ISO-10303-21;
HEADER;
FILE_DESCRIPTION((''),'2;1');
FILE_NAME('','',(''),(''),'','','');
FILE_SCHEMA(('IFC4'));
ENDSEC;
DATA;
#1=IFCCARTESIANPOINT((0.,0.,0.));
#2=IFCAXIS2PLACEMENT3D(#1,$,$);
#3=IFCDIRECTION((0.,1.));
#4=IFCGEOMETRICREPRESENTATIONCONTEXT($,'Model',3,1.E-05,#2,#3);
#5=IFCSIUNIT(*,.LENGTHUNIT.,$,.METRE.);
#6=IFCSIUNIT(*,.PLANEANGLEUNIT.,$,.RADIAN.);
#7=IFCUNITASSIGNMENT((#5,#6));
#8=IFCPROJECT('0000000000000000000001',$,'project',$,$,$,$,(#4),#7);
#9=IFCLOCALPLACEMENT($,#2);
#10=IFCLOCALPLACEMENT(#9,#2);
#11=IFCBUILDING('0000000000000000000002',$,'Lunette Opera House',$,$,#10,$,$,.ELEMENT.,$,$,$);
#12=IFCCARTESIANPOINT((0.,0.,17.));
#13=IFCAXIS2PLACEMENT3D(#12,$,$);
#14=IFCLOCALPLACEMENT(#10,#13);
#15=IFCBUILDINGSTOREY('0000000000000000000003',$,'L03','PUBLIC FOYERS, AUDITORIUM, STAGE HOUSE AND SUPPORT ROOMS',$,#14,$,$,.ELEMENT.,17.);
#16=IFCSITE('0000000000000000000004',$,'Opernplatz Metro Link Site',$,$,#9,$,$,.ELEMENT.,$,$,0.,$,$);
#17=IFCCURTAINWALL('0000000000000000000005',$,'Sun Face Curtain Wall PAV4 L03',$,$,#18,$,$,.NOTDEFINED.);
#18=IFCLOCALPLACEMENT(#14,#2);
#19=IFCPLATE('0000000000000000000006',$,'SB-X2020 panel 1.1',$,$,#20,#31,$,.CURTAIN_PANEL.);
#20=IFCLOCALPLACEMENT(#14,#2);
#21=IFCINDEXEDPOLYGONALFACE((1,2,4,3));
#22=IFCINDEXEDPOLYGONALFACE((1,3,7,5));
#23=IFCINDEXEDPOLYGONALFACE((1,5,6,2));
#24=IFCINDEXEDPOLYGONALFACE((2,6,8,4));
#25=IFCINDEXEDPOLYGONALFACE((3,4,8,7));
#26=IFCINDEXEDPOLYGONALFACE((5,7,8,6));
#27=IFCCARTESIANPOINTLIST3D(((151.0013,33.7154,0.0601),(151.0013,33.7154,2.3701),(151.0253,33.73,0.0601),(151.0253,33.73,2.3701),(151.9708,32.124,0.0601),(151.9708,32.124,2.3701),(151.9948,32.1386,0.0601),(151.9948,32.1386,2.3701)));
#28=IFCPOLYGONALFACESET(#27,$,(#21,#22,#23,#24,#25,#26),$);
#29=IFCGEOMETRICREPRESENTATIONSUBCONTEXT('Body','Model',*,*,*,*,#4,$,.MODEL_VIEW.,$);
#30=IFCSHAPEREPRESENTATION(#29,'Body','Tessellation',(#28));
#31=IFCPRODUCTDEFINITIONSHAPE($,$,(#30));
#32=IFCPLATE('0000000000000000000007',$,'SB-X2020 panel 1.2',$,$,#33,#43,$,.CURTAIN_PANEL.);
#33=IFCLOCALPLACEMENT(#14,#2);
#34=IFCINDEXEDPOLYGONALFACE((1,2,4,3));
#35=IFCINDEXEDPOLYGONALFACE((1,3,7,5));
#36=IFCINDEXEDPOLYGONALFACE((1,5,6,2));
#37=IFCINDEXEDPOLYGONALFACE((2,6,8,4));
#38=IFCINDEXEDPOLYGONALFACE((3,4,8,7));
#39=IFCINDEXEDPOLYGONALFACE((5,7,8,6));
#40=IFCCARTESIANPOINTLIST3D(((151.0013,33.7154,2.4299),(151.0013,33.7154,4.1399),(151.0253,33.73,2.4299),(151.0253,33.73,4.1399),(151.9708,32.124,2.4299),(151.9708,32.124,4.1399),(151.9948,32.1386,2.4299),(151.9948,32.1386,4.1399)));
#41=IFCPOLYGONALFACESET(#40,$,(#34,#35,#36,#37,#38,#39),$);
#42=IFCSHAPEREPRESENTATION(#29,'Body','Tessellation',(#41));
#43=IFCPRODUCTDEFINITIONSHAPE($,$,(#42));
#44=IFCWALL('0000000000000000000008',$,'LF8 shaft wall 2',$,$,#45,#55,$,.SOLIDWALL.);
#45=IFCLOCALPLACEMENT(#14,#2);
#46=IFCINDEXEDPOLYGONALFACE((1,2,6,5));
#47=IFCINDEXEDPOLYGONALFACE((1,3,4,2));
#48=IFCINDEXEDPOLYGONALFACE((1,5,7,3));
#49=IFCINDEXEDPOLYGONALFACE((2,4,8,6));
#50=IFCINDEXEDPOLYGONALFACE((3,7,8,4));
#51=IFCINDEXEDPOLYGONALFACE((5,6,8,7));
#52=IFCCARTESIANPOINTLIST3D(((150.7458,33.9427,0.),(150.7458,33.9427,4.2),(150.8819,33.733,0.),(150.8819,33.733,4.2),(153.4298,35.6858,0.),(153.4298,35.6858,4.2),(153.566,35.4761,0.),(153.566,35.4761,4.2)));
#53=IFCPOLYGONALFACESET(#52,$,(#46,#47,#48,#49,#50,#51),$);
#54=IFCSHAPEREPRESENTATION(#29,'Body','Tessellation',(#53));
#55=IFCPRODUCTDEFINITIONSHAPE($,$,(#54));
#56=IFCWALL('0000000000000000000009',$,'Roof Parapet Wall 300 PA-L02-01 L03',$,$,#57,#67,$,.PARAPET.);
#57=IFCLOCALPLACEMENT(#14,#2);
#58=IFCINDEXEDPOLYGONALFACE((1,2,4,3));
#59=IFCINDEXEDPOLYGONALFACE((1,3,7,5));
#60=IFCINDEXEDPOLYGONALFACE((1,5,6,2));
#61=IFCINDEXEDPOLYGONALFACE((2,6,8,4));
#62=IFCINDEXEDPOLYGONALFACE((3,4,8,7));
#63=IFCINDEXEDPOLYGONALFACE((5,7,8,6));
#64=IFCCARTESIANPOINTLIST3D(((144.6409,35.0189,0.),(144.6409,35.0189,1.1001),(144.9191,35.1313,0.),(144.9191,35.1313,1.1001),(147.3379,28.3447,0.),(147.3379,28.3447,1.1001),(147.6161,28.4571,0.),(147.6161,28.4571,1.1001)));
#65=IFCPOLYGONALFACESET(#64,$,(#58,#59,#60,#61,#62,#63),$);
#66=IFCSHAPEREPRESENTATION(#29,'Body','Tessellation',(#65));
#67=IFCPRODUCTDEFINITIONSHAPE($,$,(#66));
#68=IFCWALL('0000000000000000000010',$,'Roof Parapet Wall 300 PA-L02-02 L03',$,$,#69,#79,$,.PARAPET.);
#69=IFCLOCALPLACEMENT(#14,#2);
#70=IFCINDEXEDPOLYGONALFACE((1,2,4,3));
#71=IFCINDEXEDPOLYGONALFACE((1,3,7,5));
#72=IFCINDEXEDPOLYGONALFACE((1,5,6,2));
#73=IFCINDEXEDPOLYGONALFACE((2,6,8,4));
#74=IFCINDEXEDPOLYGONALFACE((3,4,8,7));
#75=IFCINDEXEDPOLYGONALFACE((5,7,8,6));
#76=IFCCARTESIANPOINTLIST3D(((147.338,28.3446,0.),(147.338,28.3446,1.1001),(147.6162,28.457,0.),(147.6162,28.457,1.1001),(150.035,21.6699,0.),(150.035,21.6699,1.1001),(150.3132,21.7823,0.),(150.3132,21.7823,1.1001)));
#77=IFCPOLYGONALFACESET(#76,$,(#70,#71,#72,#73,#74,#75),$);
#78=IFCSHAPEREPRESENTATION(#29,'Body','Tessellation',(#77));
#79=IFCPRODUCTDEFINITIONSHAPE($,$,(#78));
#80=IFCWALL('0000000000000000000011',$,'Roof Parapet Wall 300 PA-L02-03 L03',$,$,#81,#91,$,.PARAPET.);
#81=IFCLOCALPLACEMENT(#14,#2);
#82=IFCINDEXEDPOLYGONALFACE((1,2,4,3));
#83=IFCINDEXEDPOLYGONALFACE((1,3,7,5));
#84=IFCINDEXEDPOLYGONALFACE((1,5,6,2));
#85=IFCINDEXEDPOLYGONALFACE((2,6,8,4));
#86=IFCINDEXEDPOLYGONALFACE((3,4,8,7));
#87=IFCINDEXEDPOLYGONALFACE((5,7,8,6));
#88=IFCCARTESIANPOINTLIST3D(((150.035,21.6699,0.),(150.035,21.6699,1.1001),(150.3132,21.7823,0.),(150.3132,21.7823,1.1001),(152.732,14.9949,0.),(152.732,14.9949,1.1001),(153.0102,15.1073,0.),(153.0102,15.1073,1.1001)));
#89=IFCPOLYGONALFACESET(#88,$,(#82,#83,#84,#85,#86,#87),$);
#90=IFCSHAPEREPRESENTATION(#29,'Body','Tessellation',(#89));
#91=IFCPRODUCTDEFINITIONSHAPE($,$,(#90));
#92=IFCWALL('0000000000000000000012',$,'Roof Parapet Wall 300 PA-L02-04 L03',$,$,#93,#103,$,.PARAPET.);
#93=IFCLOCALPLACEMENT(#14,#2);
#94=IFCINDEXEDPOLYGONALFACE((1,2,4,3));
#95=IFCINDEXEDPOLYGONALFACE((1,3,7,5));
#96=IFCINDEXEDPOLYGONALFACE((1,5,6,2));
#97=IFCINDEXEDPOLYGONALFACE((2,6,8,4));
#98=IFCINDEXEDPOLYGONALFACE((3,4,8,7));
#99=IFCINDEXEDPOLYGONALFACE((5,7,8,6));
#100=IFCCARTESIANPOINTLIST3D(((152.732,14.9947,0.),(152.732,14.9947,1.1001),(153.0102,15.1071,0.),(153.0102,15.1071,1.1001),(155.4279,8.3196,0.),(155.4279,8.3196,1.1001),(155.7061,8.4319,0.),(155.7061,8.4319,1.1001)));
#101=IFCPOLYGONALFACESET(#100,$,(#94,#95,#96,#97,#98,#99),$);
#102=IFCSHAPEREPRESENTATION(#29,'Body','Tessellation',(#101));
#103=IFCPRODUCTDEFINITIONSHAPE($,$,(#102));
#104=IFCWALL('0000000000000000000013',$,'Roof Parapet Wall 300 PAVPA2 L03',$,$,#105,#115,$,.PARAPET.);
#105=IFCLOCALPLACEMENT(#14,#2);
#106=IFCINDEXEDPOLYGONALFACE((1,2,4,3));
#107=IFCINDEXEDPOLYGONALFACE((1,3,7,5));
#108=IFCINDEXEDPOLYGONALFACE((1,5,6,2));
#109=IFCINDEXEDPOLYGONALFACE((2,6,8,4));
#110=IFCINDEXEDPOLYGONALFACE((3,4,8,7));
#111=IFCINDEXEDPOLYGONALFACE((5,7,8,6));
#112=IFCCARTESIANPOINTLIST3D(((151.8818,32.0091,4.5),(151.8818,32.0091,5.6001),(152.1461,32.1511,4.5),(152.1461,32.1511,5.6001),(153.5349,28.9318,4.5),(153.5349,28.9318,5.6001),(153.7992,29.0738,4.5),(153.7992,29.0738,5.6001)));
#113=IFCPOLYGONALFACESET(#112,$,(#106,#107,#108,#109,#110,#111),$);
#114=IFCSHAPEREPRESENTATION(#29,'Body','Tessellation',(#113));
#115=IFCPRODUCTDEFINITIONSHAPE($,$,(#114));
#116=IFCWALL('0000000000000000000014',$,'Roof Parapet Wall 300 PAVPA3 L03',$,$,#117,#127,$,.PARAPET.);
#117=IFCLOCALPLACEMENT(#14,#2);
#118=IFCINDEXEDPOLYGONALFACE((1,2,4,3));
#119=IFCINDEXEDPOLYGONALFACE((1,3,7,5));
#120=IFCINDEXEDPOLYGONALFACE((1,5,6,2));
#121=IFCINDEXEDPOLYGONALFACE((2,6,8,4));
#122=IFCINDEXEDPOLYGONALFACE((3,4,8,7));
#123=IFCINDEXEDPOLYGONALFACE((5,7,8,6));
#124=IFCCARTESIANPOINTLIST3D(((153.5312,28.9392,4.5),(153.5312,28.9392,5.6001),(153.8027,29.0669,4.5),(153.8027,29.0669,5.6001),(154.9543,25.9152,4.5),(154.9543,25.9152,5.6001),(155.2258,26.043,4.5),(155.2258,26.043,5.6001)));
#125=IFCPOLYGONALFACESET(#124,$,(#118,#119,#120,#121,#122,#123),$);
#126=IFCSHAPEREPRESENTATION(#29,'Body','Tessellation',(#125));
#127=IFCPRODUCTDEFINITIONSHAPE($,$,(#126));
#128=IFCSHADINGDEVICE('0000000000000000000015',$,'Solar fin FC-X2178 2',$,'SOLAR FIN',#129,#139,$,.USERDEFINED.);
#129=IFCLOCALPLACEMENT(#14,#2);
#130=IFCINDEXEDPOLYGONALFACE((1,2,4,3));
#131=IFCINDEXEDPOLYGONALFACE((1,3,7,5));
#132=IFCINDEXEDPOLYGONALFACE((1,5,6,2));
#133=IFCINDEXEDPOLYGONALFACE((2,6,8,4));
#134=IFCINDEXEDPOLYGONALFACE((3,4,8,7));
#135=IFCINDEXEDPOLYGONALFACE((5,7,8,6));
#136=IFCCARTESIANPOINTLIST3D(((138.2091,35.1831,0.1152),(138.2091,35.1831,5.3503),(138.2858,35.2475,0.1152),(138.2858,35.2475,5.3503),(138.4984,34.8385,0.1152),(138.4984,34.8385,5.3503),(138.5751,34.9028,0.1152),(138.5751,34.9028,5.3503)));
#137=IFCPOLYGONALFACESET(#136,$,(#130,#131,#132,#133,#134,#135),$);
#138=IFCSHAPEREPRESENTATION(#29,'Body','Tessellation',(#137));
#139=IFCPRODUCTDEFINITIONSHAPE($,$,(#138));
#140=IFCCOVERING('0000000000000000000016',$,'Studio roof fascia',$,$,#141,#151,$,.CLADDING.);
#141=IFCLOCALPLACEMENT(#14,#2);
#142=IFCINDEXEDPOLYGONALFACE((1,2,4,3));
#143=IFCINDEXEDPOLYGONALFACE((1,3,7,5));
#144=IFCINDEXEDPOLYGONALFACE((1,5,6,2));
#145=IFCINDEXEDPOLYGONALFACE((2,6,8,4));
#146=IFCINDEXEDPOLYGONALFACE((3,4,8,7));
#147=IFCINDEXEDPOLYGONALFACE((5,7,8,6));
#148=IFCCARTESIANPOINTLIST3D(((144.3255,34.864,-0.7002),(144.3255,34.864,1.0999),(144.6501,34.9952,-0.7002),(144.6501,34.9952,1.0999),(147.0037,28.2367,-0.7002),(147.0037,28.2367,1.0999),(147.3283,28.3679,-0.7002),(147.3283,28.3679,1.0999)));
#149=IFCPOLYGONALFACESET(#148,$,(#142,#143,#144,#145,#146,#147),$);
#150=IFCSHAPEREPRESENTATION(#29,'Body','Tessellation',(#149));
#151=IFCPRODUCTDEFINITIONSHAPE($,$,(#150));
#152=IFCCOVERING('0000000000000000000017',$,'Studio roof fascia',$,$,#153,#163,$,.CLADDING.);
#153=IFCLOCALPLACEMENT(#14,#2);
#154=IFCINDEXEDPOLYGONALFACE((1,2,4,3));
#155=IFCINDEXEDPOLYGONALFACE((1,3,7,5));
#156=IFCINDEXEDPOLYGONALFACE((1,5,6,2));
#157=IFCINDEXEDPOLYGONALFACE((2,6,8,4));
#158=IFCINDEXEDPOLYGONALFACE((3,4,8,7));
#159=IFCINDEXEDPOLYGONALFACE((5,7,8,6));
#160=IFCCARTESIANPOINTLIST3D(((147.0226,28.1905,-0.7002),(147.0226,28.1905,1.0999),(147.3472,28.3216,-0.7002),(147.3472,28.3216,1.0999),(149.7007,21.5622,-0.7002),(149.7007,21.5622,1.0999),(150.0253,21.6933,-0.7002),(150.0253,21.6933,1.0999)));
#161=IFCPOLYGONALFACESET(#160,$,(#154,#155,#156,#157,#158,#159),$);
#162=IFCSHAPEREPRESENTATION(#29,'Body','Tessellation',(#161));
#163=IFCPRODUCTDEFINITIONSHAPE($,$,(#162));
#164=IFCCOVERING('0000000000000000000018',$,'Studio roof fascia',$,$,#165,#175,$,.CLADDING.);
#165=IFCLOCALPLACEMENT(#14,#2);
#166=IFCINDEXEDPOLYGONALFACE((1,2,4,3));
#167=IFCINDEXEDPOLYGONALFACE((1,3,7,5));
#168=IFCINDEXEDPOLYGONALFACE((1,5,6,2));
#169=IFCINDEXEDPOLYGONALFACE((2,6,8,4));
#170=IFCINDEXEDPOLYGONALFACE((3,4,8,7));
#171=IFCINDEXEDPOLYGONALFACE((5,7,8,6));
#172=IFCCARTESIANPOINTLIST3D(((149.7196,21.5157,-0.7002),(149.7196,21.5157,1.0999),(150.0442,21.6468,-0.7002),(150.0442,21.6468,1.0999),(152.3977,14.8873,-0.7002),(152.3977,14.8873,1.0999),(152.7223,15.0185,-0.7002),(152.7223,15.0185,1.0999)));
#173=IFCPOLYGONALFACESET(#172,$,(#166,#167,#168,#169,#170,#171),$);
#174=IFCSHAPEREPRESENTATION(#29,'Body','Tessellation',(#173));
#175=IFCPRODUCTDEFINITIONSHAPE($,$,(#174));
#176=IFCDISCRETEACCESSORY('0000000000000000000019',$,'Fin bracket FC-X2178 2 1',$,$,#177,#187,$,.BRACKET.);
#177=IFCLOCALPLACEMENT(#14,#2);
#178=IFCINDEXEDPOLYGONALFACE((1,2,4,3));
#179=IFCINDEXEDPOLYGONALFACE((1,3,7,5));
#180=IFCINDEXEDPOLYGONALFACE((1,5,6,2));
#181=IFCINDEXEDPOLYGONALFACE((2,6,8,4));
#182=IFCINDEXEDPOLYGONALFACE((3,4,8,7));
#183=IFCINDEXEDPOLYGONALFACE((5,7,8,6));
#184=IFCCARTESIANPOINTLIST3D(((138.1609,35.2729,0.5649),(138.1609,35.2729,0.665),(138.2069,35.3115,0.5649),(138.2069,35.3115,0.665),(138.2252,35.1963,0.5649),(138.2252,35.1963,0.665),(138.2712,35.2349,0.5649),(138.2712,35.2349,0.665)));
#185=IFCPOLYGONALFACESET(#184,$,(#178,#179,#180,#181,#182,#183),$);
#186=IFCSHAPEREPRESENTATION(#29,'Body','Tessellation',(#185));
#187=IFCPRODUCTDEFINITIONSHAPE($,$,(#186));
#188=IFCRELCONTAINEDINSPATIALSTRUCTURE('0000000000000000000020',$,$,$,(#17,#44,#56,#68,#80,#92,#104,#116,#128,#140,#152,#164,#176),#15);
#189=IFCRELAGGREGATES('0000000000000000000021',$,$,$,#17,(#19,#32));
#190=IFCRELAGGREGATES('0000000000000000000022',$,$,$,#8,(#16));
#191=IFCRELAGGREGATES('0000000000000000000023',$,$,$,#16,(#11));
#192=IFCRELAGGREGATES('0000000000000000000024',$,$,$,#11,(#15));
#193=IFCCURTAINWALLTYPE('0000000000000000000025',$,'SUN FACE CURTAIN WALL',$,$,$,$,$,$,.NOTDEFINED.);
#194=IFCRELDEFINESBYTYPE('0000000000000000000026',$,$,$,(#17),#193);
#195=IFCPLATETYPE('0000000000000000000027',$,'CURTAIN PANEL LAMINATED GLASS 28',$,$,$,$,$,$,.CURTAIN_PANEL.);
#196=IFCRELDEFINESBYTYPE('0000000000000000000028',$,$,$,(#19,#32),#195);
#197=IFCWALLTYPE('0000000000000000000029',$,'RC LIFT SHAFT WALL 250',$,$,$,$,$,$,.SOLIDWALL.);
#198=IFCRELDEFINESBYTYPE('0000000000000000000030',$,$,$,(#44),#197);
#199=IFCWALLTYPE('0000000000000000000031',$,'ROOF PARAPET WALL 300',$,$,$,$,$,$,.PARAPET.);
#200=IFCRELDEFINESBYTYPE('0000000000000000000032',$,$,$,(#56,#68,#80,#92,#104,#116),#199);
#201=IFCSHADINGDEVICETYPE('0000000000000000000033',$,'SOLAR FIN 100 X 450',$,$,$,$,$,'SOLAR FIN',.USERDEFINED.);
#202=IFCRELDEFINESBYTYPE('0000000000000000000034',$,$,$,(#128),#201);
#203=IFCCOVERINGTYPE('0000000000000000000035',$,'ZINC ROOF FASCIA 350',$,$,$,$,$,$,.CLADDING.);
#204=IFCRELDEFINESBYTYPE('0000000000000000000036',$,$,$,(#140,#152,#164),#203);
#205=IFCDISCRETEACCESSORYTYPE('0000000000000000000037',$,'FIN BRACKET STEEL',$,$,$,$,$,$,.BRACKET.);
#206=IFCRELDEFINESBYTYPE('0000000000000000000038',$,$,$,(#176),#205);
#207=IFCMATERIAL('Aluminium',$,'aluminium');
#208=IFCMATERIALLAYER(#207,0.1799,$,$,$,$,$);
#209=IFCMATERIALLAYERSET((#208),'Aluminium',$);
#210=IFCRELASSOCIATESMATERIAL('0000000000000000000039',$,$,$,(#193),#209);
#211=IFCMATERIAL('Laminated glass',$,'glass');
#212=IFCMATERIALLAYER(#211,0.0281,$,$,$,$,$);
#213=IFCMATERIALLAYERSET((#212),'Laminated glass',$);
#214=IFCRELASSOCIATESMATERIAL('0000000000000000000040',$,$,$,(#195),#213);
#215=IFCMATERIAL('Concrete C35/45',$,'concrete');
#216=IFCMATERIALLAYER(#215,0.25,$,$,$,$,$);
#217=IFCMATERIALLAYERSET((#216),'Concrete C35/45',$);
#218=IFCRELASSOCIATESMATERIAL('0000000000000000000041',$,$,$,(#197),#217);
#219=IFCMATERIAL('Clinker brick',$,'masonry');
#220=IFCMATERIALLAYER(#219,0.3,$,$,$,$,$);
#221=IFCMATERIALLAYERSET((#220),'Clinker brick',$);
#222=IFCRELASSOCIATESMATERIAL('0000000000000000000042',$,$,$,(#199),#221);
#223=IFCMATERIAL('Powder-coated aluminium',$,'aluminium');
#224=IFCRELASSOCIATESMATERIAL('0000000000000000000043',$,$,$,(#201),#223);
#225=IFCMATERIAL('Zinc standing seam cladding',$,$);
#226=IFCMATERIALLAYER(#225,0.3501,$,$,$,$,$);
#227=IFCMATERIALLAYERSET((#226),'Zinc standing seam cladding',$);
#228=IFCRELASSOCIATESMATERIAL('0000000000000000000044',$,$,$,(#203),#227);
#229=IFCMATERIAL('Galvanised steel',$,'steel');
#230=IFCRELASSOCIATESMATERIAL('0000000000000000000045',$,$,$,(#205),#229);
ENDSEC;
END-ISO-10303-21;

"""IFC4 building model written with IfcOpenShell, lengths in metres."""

from ifc_helpers import new_model, si_unit, direction, frame, frame_2d, origin, origin_2d, place, context, subcontext, project, spatial, rectangle, extrude, material, layer, layer_set, type_object, element, aggregate, save


model = new_model("IFC4")

# Units and contexts
model_context = context("Model", 3, precision=1e-05, world=origin(), true_north=direction((0.0, 1.0)))
body_context = subcontext(model_context, "Body", "Model", "MODEL_VIEW")
ifc_project = project(units=[si_unit("LENGTHUNIT", "METRE"), si_unit("PLANEANGLEUNIT", "RADIAN")], contexts=[model_context])

# Site, building, storey
site_placement = place(None, origin())
site = spatial("IfcSite", under=ifc_project, at=site_placement, Name="Opernplatz Metro Link Site", CompositionType="ELEMENT", RefElevation=0.0)
building_placement = place(site_placement, origin())
building = spatial("IfcBuilding", under=site, at=building_placement, Name="Lunette Opera House", CompositionType="ELEMENT")
storey_placement = place(building_placement, frame((0.0, 0.0, 17.0)))
storey = spatial("IfcBuildingStorey", under=building, at=storey_placement, Name="L03", Description="PUBLIC FOYERS, AUDITORIUM, STAGE HOUSE AND SUPPORT ROOMS", CompositionType="ELEMENT", Elevation=17.0)

# Curtain wall
ifc_material_1 = material(Name="Aluminium", Category="aluminium")
ifc_layer_1 = layer(ifc_material_1, 0.1799)
ifc_layer_set_1 = layer_set([ifc_layer_1], Name="Aluminium")
curtain_wall_type_1 = type_object("IfcCurtainWallType", Name="SUN FACE CURTAIN WALL", PredefinedType="NOTDEFINED", material=ifc_layer_set_1)
curtain_wall_1_placement = place(storey_placement, origin())
curtain_wall_1 = element("IfcCurtainWall", 1, at=curtain_wall_1_placement, inside=storey, type_object=curtain_wall_type_1, Name="Sun Face Curtain Wall PAV4 L03", PredefinedType="NOTDEFINED")

# Shared definitions
ifc_material_2 = material(Name="Laminated glass", Category="glass")
ifc_layer_2 = layer(ifc_material_2, 0.0281)
ifc_layer_set_2 = layer_set([ifc_layer_2], Name="Laminated glass")
plate_type = type_object("IfcPlateType", Name="CURTAIN PANEL LAMINATED GLASS 28", PredefinedType="CURTAIN_PANEL", material=ifc_layer_set_2)

# Plates
plate_1_placement = place(storey_placement, frame((151.498, 32.927, 0.0601), z_axis=(0.0, 0.0, 1.0), x_axis=(0.520267, -0.854004, 0.0)))
plate_1 = element("IfcPlate", 2, at=plate_1_placement, type_object=plate_type, Name="SB-X2020 panel 1.1", PredefinedType="CURTAIN_PANEL", context=body_context, shape_type="SweptSolid", body=[
    extrude(rectangle(XDim=1.8635, YDim=0.0281, at=origin_2d()), origin(), (0.0, 0.0, 1.0), 2.3101),
])
plate_2_placement = place(storey_placement, frame((151.498, 32.927, 2.4299), z_axis=(0.0, 0.0, 1.0), x_axis=(0.520267, -0.854004, 0.0)))
plate_2 = element("IfcPlate", 3, at=plate_2_placement, type_object=plate_type, Name="SB-X2020 panel 1.2", PredefinedType="CURTAIN_PANEL", context=body_context, shape_type="SweptSolid", body=[
    extrude(rectangle(XDim=1.8635, YDim=0.0281, at=origin_2d()), origin(), (0.0, 0.0, 1.0), 1.71),
])
aggregate(curtain_wall_1, [plate_1, plate_2])

# Walls
ifc_material_3 = material(Name="Concrete C35/45", Category="concrete")
ifc_layer_3 = layer(ifc_material_3, 0.25)
ifc_layer_set_3 = layer_set([ifc_layer_3], Name="Concrete C35/45")
wall_type_1 = type_object("IfcWallType", Name="RC LIFT SHAFT WALL 250", PredefinedType="SOLIDWALL", material=ifc_layer_set_3)
wall_1_placement = place(storey_placement, frame((150.814, 33.8379, 0.0), z_axis=(0.0, 0.0, 1.0), x_axis=(0.838656, 0.544661, 0.0)))
element("IfcWall", 4, at=wall_1_placement, inside=storey, type_object=wall_type_1, Name="LF8 shaft wall 2", PredefinedType="SOLIDWALL", context=body_context, shape_type="SweptSolid", body=[
    extrude(rectangle(XDim=3.2004, YDim=0.25, at=frame_2d((1.6001, 0.0))), origin(), (0.0, 0.0, 1.0), 4.2),
])
ifc_material_4 = material(Name="Clinker brick", Category="masonry")
ifc_layer_4 = layer(ifc_material_4, 0.3)
ifc_layer_set_4 = layer_set([ifc_layer_4], Name="Clinker brick")
wall_type_2 = type_object("IfcWallType", Name="ROOF PARAPET WALL 300", PredefinedType="PARAPET", material=ifc_layer_set_4)
wall_2_placement = place(storey_placement, frame((144.78, 35.075, 0.0), z_axis=(0.0, 0.0, 1.0), x_axis=(0.374669, -0.927159, 0.0)))
element("IfcWall", 5, at=wall_2_placement, inside=storey, type_object=wall_type_2, Name="Roof Parapet Wall 300 PA-L02-01 L03", PredefinedType="PARAPET", context=body_context, shape_type="SweptSolid", body=[
    extrude(rectangle(XDim=7.1985, YDim=0.3, at=frame_2d((3.5991, 0.0))), origin(), (0.0, 0.0, 1.0), 1.1001),
])
wall_3_placement = place(storey_placement, frame((147.4771, 28.4009, 0.0), z_axis=(0.0, 0.0, 1.0), x_axis=(0.374634, -0.927173, 0.0)))
element("IfcWall", 6, at=wall_3_placement, inside=storey, type_object=wall_type_2, Name="Roof Parapet Wall 300 PA-L02-02 L03", PredefinedType="PARAPET", context=body_context, shape_type="SweptSolid", body=[
    extrude(rectangle(XDim=7.199, YDim=0.3, at=frame_2d((3.5996, 0.0))), origin(), (0.0, 0.0, 1.0), 1.1001),
])
wall_4_placement = place(storey_placement, frame((150.1741, 21.7261, 0.0), z_axis=(0.0, 0.0, 1.0), x_axis=(0.374622, -0.927178, 0.0)))
element("IfcWall", 7, at=wall_4_placement, inside=storey, type_object=wall_type_2, Name="Roof Parapet Wall 300 PA-L02-03 L03", PredefinedType="PARAPET", context=body_context, shape_type="SweptSolid", body=[
    extrude(rectangle(XDim=7.1992, YDim=0.3, at=frame_2d((3.5996, 0.0))), origin(), (0.0, 0.0, 1.0), 1.1001),
])
wall_5_placement = place(storey_placement, frame((152.8711, 15.051, 0.0), z_axis=(0.0, 0.0, 1.0), x_axis=(0.374476, -0.927237, 0.0)))
element("IfcWall", 8, at=wall_5_placement, inside=storey, type_object=wall_type_2, Name="Roof Parapet Wall 300 PA-L02-04 L03", PredefinedType="PARAPET", context=body_context, shape_type="SweptSolid", body=[
    extrude(rectangle(XDim=7.199, YDim=0.3, at=frame_2d((3.5996, 0.0))), origin(), (0.0, 0.0, 1.0), 1.1001),
])
wall_6_placement = place(storey_placement, frame((152.0139, 32.0801, 4.5), z_axis=(0.0, 0.0, 1.0), x_axis=(0.473245, -0.880931, 0.0)))
element("IfcWall", 9, at=wall_6_placement, inside=storey, type_object=wall_type_2, Name="Roof Parapet Wall 300 PAVPA2 L03", PredefinedType="PARAPET", context=body_context, shape_type="SweptSolid", body=[
    extrude(rectangle(XDim=3.4932, YDim=0.3, at=frame_2d((1.7466, 0.0))), origin(), (0.0, 0.0, 1.0), 1.1001),
])
wall_7_placement = place(storey_placement, frame((153.667, 29.0029, 4.5), z_axis=(0.0, 0.0, 1.0), x_axis=(0.425815, -0.90481, 0.0)))
element("IfcWall", 10, at=wall_7_placement, inside=storey, type_object=wall_type_2, Name="Roof Parapet Wall 300 PAVPA3 L03", PredefinedType="PARAPET", context=body_context, shape_type="SweptSolid", body=[
    extrude(rectangle(XDim=3.342, YDim=0.3, at=frame_2d((1.6709, 0.0))), origin(), (0.0, 0.0, 1.0), 1.1001),
])

# Shading device
ifc_material_5 = material(Name="Powder-coated aluminium", Category="aluminium")
shading_device_type = type_object("IfcShadingDeviceType", Name="SOLAR FIN 100 X 450", ElementType="SOLAR FIN", PredefinedType="USERDEFINED", material=ifc_material_5)
shading_device_placement = place(storey_placement, frame((138.3921, 35.043, 0.1152), z_axis=(0.0, 0.0, 1.0), x_axis=(0.64284, -0.766001, 0.0)))
element("IfcShadingDevice", 11, at=shading_device_placement, inside=storey, type_object=shading_device_type, Name="Solar fin FC-X2178 2", ObjectType="SOLAR FIN", PredefinedType="USERDEFINED", context=body_context, shape_type="SweptSolid", body=[
    extrude(rectangle(XDim=0.45, YDim=0.1001, at=origin_2d()), origin(), (0.0, 0.0, 1.0), 5.2351),
])

# Coverings
ifc_material_6 = material(Name="Zinc standing seam cladding")
ifc_layer_5 = layer(ifc_material_6, 0.3501)
ifc_layer_set_5 = layer_set([ifc_layer_5], Name="Zinc standing seam cladding")
covering_type = type_object("IfcCoveringType", Name="ZINC ROOF FASCIA 350", PredefinedType="CLADDING", material=ifc_layer_set_5)
covering_placement = place(storey_placement, frame((145.8269, 31.616, -0.7002), z_axis=(0.0, 0.0, 1.0), x_axis=(0.37467, -0.927158, 0.0)))
element("IfcCovering", 12, at=covering_placement, inside=storey, type_object=covering_type, Name="Studio roof fascia", PredefinedType="CLADDING", context=body_context, shape_type="SweptSolid", body=[
    extrude(rectangle(XDim=7.1479, YDim=0.3501, at=origin_2d()), origin(), (0.0, 0.0, 1.0), 1.8),
])
for number, where, z_axis, x_axis, name in (
    (13, (148.5239, 24.9419, -0.7002), (0.0, 0.0, 1.0), (0.374621, -0.927178, 0.0), "Studio roof fascia"),
    (14, (151.2209, 18.2671, -0.7002), (0.0, 0.0, 1.0), (0.374621, -0.927178, 0.0), "Studio roof fascia"),
):
    element("IfcCovering", number, at=place(storey_placement, frame(where, z_axis=z_axis, x_axis=x_axis)), inside=storey, type_object=covering_type, Name=name, PredefinedType="CLADDING", context=body_context, shape_type="SweptSolid", body=[
        extrude(rectangle(XDim=7.1489, YDim=0.3501, at=origin_2d()), origin(), (0.0, 0.0, 1.0), 1.8),
    ])

# Discrete accessory
ifc_material_7 = material(Name="Galvanised steel", Category="steel")
discrete_accessory_type = type_object("IfcDiscreteAccessoryType", Name="FIN BRACKET STEEL", PredefinedType="BRACKET", material=ifc_material_7)
discrete_accessory_placement = place(storey_placement, frame((138.2161, 35.2539, 0.5649), z_axis=(0.0, 0.0, 1.0), x_axis=(0.64284, -0.766001, 0.0)))
element("IfcDiscreteAccessory", 15, at=discrete_accessory_placement, inside=storey, type_object=discrete_accessory_type, Name="Fin bracket FC-X2178 2 1", PredefinedType="BRACKET", context=body_context, shape_type="SweptSolid", body=[
    extrude(rectangle(XDim=0.1001, YDim=0.0601, at=origin_2d()), origin(), (0.0, 0.0, 1.0), 0.1001),
])

save(model, "model.ifc")
